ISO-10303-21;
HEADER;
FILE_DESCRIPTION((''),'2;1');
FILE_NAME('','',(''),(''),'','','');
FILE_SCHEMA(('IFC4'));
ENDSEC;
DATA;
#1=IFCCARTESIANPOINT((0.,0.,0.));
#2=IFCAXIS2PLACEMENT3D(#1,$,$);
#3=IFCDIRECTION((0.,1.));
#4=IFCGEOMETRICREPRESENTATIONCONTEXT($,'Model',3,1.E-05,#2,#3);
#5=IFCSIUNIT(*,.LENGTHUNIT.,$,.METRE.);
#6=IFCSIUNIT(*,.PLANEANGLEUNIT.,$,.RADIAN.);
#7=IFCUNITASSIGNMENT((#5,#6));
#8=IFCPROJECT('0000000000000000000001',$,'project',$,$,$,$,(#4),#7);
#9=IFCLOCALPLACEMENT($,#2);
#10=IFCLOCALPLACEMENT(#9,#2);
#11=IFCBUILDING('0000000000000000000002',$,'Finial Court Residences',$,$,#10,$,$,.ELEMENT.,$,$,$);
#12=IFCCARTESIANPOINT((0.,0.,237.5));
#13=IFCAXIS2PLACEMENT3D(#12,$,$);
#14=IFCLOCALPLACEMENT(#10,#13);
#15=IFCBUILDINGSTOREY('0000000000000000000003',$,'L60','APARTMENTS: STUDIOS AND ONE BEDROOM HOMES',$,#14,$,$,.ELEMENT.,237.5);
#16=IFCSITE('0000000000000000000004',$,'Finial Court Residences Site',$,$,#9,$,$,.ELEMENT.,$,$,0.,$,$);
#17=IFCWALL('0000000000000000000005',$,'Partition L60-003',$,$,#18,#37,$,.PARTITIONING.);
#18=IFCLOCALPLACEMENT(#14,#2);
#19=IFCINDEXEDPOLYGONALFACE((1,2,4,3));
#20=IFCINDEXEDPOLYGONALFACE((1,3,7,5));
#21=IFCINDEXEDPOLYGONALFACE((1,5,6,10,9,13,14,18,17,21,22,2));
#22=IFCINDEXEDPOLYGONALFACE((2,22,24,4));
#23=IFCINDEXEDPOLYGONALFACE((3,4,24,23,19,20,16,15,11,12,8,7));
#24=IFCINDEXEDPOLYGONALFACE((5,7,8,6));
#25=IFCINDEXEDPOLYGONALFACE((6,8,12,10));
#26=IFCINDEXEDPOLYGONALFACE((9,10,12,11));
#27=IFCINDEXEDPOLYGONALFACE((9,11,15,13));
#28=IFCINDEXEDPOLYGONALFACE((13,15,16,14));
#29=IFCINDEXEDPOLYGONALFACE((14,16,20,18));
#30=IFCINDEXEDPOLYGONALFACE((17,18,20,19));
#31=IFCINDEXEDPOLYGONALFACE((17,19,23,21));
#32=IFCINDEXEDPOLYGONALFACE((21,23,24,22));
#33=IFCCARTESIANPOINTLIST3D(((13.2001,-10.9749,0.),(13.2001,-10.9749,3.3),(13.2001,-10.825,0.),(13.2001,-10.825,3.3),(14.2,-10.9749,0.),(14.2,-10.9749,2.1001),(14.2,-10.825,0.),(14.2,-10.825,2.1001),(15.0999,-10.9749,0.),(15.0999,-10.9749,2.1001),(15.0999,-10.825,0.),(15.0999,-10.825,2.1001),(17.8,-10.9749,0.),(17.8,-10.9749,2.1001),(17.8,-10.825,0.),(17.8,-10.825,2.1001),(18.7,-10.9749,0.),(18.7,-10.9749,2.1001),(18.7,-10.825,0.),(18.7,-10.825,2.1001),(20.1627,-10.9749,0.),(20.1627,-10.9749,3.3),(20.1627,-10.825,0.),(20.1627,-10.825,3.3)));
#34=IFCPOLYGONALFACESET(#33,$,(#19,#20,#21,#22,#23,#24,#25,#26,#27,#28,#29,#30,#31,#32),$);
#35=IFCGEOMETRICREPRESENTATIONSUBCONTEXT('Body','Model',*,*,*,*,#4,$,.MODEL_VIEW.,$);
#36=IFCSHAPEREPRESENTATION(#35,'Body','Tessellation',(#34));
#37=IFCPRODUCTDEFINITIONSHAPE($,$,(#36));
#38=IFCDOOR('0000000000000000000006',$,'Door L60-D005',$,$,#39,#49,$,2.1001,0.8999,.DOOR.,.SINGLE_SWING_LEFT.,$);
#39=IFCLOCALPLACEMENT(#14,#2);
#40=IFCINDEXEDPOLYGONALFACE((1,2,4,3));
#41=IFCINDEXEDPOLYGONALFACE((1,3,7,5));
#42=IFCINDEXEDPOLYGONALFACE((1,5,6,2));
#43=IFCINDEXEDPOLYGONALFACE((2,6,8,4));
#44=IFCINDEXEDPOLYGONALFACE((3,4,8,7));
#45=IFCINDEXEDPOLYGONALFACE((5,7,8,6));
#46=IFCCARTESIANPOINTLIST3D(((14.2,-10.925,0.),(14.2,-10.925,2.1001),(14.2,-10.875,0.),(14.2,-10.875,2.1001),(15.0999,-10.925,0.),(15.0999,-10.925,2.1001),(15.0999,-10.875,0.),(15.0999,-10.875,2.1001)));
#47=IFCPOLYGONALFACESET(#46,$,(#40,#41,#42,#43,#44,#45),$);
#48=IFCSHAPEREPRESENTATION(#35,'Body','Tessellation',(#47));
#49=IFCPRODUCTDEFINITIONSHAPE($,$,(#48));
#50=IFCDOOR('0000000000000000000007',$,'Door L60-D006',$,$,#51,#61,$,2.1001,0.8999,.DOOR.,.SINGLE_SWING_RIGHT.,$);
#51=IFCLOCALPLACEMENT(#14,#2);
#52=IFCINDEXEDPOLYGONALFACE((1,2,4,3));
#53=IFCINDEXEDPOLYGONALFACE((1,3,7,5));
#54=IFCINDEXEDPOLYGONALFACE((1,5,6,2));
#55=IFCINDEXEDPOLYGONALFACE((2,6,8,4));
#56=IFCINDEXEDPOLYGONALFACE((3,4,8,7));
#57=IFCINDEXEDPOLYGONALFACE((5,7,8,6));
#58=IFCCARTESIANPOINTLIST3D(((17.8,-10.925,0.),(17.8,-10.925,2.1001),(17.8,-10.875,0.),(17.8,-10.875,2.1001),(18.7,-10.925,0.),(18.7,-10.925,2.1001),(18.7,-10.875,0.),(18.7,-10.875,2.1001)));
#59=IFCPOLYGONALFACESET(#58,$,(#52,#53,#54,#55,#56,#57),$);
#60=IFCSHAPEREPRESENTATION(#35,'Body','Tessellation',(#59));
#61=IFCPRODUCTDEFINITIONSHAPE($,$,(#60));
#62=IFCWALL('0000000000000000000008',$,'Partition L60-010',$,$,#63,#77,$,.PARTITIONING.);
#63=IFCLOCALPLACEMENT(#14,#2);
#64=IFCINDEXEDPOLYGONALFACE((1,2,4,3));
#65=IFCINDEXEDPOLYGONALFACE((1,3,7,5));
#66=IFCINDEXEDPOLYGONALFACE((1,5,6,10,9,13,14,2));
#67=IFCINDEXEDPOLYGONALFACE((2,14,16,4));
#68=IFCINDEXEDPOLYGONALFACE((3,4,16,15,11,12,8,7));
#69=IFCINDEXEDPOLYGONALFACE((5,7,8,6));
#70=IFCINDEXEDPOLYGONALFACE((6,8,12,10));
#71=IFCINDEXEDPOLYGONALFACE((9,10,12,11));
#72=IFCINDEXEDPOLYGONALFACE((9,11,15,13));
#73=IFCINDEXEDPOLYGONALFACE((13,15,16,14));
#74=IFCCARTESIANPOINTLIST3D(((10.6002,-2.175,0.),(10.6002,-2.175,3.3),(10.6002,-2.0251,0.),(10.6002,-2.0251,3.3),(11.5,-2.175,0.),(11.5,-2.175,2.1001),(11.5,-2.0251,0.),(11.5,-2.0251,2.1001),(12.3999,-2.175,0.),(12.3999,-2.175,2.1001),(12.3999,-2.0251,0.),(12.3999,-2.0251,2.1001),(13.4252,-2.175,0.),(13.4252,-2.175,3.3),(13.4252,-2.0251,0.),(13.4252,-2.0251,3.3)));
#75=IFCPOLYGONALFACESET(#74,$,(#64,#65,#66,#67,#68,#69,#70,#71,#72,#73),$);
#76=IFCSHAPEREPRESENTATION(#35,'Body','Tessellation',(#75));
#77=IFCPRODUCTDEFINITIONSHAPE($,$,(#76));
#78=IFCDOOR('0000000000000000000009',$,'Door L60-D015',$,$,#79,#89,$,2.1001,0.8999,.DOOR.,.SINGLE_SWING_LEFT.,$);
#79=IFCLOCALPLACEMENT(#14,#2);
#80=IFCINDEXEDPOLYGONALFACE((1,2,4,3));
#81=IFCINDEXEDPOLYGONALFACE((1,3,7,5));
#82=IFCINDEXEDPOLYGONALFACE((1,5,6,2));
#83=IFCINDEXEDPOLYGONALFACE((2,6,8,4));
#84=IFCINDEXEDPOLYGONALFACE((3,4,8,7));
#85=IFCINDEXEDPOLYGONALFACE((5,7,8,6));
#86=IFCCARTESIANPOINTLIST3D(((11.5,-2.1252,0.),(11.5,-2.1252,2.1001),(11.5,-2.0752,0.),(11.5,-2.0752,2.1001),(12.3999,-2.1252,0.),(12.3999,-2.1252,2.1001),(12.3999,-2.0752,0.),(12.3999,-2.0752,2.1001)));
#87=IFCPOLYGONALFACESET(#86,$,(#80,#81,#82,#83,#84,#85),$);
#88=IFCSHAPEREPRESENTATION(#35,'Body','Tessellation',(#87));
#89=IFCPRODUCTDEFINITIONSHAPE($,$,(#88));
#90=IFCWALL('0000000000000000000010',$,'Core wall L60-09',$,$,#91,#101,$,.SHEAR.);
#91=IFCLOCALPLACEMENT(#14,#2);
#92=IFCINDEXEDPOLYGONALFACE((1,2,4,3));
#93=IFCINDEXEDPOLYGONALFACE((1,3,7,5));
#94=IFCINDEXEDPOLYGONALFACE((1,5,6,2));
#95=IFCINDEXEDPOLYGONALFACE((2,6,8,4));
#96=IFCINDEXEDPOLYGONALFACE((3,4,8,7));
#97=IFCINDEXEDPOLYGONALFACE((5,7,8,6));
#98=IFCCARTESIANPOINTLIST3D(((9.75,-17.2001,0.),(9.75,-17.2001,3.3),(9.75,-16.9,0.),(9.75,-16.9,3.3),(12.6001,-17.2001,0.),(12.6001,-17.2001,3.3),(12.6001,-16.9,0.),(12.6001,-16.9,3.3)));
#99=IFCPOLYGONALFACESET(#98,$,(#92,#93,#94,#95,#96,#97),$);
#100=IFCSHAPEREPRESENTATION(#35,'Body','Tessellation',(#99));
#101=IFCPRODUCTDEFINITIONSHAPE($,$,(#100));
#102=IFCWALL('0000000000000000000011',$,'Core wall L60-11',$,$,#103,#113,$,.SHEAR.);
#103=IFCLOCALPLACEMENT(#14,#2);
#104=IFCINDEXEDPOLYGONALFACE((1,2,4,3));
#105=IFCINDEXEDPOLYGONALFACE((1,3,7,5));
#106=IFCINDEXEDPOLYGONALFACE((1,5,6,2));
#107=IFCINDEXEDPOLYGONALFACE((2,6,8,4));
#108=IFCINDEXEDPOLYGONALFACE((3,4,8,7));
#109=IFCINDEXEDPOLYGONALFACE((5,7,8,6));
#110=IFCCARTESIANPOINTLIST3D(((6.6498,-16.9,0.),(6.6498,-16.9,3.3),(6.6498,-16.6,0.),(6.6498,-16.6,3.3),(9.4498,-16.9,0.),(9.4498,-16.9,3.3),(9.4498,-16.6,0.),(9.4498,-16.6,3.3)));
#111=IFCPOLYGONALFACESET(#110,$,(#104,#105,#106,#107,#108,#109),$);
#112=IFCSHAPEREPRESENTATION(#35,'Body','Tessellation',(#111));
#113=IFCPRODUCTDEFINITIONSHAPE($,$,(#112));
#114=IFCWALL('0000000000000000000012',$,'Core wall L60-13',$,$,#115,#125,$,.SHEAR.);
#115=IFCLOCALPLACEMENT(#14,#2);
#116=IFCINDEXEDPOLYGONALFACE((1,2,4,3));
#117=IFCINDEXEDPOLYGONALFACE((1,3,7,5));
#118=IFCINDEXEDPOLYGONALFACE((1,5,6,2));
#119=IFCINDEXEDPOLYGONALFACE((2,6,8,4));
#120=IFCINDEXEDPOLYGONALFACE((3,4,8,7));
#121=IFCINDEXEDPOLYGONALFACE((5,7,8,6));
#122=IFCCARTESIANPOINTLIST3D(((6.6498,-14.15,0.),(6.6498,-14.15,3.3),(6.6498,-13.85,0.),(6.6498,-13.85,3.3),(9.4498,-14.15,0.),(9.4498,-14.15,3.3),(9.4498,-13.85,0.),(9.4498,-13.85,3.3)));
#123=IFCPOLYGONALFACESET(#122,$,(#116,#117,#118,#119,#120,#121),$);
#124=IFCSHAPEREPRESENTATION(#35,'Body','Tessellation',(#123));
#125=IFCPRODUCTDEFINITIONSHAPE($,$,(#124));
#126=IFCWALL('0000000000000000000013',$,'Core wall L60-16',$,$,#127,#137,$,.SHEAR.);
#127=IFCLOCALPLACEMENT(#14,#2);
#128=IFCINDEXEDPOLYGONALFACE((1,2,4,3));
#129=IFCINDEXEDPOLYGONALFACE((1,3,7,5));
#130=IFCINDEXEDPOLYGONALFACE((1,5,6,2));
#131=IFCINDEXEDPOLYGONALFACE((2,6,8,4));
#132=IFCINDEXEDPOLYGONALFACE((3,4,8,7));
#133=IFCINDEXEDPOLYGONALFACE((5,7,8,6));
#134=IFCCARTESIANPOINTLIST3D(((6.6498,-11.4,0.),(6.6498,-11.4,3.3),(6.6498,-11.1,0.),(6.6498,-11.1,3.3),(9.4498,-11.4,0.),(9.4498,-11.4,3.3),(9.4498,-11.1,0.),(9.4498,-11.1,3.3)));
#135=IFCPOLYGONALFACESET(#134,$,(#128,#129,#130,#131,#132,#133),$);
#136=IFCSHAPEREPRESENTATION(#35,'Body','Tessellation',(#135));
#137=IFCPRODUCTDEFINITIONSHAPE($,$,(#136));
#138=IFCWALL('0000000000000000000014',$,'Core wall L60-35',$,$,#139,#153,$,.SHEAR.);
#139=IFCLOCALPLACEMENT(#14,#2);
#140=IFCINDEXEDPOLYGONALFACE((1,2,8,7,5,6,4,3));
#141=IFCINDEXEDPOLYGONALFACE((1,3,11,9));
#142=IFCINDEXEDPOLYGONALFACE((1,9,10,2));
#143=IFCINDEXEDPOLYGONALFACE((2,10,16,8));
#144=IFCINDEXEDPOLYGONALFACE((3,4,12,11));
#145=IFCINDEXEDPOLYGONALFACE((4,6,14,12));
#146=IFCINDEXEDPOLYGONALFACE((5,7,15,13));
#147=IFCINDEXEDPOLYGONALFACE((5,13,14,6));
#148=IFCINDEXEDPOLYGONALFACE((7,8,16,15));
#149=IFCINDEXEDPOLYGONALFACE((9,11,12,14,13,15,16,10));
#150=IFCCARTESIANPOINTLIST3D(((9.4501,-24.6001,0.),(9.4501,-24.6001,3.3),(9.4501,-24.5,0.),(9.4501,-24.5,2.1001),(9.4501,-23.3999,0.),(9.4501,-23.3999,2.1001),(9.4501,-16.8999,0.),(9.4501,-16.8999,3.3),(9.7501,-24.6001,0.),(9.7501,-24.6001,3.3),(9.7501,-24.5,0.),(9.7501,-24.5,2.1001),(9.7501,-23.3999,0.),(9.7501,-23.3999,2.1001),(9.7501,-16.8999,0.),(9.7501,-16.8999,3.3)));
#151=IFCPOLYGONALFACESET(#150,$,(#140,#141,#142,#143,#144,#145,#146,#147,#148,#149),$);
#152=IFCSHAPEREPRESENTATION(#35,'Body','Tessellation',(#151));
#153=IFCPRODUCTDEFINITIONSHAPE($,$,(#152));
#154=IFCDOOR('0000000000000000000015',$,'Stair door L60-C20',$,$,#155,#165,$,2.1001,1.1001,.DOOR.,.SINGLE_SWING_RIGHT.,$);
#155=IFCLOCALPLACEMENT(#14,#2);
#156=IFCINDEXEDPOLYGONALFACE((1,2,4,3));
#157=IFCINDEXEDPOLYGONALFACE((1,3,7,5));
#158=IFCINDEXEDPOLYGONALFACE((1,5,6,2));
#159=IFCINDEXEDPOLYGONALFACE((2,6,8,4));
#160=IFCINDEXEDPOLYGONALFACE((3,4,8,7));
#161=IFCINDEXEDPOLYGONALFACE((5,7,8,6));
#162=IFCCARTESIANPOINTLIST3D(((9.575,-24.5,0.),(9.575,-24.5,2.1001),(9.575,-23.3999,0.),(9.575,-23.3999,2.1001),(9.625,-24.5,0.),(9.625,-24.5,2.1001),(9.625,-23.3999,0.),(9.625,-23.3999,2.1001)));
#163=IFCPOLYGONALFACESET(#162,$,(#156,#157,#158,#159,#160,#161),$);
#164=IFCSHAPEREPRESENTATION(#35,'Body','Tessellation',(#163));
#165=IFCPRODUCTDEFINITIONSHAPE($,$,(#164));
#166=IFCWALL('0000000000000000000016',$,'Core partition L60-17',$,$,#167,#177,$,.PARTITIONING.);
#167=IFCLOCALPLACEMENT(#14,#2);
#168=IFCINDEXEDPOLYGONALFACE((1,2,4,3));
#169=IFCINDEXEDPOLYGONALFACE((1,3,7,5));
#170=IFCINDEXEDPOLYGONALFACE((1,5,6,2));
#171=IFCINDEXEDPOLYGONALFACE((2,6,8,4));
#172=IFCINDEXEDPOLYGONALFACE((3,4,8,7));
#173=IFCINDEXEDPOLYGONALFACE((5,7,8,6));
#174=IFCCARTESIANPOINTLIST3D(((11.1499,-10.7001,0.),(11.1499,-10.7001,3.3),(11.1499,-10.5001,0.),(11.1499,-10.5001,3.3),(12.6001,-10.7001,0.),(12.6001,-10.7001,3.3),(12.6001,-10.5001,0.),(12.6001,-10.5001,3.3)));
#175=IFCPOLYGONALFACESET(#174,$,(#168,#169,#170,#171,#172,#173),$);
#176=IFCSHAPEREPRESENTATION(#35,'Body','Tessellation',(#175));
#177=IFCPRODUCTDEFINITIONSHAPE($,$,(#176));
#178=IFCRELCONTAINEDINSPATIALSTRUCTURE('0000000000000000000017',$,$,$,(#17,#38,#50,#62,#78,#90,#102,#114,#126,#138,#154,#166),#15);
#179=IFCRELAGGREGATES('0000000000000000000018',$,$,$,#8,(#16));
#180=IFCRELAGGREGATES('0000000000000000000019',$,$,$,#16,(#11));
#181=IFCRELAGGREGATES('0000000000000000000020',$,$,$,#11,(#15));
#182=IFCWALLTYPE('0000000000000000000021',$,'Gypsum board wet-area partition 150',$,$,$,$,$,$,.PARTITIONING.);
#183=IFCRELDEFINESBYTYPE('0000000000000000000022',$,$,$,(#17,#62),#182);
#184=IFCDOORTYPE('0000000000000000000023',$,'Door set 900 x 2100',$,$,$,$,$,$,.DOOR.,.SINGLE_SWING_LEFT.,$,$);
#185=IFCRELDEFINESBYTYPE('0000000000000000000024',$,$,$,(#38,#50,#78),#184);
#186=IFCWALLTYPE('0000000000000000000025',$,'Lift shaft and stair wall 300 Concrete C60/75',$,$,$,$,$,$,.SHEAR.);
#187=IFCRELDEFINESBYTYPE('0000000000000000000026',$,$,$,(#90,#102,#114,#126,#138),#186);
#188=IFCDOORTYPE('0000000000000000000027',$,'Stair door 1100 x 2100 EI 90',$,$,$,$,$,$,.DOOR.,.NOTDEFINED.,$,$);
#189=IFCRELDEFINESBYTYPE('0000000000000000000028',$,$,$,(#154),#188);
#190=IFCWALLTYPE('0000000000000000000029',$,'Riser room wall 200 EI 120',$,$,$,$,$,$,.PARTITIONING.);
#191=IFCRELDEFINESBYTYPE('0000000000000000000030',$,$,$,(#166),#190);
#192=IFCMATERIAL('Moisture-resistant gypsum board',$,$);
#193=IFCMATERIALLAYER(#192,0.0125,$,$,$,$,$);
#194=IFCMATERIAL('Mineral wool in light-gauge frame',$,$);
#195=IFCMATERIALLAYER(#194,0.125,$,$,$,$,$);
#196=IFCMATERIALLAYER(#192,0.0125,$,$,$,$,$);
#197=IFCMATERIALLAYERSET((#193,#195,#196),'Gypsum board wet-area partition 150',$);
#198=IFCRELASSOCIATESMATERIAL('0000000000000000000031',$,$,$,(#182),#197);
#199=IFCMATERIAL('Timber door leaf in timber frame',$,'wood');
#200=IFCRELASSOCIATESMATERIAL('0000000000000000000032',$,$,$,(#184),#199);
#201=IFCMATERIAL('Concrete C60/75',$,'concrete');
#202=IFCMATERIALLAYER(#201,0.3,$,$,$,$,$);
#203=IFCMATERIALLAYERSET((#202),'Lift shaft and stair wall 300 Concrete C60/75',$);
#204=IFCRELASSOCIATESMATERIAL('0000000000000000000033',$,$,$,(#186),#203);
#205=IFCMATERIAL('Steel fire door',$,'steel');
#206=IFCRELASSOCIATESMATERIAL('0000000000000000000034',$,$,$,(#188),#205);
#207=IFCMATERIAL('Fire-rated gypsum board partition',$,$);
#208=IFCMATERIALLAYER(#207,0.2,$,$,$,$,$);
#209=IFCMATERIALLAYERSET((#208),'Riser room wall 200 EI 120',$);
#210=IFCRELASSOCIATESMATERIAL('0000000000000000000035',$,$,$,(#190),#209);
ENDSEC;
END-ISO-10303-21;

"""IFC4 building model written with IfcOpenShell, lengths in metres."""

from ifc_helpers import new_model, si_unit, direction, frame, frame_2d, origin, place, context, subcontext, project, spatial, rectangle, extrude, material, layer, layer_set, type_object, element, fill, save


model = new_model("IFC4")

# Units and contexts
model_context = context("Model", 3, precision=1e-05, world=origin(), true_north=direction((0.0, 1.0)))
body_context = subcontext(model_context, "Body", "Model", "MODEL_VIEW")
ifc_project = project(units=[si_unit("LENGTHUNIT", "METRE"), si_unit("PLANEANGLEUNIT", "RADIAN")], contexts=[model_context])

# Site, building, storey
site_placement = place(None, origin())
site = spatial("IfcSite", under=ifc_project, at=site_placement, Name="Finial Court Residences Site", CompositionType="ELEMENT", RefElevation=0.0)
building_placement = place(site_placement, origin())
building = spatial("IfcBuilding", under=site, at=building_placement, Name="Finial Court Residences", CompositionType="ELEMENT")
storey_placement = place(building_placement, frame((0.0, 0.0, 237.5)))
storey = spatial("IfcBuildingStorey", under=building, at=storey_placement, Name="L60", Description="APARTMENTS: STUDIOS AND ONE BEDROOM HOMES", CompositionType="ELEMENT", Elevation=237.5)

# Shared definitions
ifc_material_1 = material(Name="Fire-rated gypsum board partition")

# Shared definitions
ifc_material_2 = material(Name="Mineral wool in light-gauge frame")

# Shared definitions
ifc_material_3 = material(Name="Moisture-resistant gypsum board")
ifc_layer_1 = layer(ifc_material_3, 0.0125)
ifc_layer_2 = layer(ifc_material_2, 0.125)
ifc_layer_3 = layer(ifc_material_3, 0.0125)
ifc_layer_set_1 = layer_set([ifc_layer_1, ifc_layer_2, ifc_layer_3], Name="Gypsum board wet-area partition 150")
wall_type_1 = type_object("IfcWallType", Name="Gypsum board wet-area partition 150", PredefinedType="PARTITIONING", material=ifc_layer_set_1)
ifc_material_4 = material(Name="Timber door leaf in timber frame", Category="wood")
door_type_1 = type_object("IfcDoorType", Name="Door set 900 x 2100", OperationType="SINGLE_SWING_LEFT", PredefinedType="DOOR", material=ifc_material_4)

# Wall, openings, doors
wall_1_placement = place(storey_placement, frame((13.2, -10.8999, 0.0), z_axis=(0.0, 0.0, 1.0), x_axis=(1.0, 0.0, 0.0)))
wall_1 = element("IfcWall", 1, at=wall_1_placement, inside=storey, type_object=wall_type_1, Name="Partition L60-003", PredefinedType="PARTITIONING", context=body_context, shape_type="SweptSolid", body=[
    extrude(rectangle(XDim=6.9626, YDim=0.1499, at=frame_2d((3.4814, 0.0))), origin(), (0.0, 0.0, 1.0), 3.3),
])
opening_1_placement = place(wall_1_placement, frame((1.0, 0.0, 0.0)))
opening_1 = element("IfcOpeningElement", 2, at=opening_1_placement, cuts=wall_1, PredefinedType="OPENING", context=body_context, shape_type="SweptSolid", body=[
    extrude(rectangle(XDim=0.8999, YDim=2.1001, at=frame_2d((0.45, 1.05))), frame((0.0, 0.085, 0.0), z_axis=(0.0, -1.0, 0.0), x_axis=(1.0, 0.0, 0.0)), (0.0, 0.0, 1.0), 0.1699),
])
opening_2_placement = place(wall_1_placement, frame((4.6001, 0.0, 0.0)))
opening_2 = element("IfcOpeningElement", 3, at=opening_2_placement, cuts=wall_1, PredefinedType="OPENING", context=body_context, shape_type="SweptSolid", body=[
    extrude(rectangle(XDim=0.8999, YDim=2.1001, at=frame_2d((0.45, 1.05))), frame((0.0, 0.085, 0.0), z_axis=(0.0, -1.0, 0.0), x_axis=(1.0, 0.0, 0.0)), (0.0, 0.0, 1.0), 0.1699),
])
door_1_placement = place(opening_1_placement, origin())
door_1 = element("IfcDoor", 4, at=door_1_placement, inside=storey, type_object=door_type_1, Name="Door L60-D005", OperationType="SINGLE_SWING_LEFT", OverallHeight=2.1001, OverallWidth=0.8999, PredefinedType="DOOR", context=body_context, shape_type="SweptSolid", body=[
    extrude(rectangle(XDim=0.8999, YDim=2.1001, at=frame_2d((0.45, 1.05))), frame((0.0, 0.0249, 0.0), z_axis=(0.0, -1.0, 0.0), x_axis=(1.0, 0.0, 0.0)), (0.0, 0.0, 1.0), 0.05),
])
fill(opening_1, door_1)
door_2_placement = place(opening_2_placement, origin())
door_2 = element("IfcDoor", 5, at=door_2_placement, inside=storey, type_object=door_type_1, Name="Door L60-D006", OperationType="SINGLE_SWING_RIGHT", OverallHeight=2.1001, OverallWidth=0.8999, PredefinedType="DOOR", context=body_context, shape_type="SweptSolid", body=[
    extrude(rectangle(XDim=0.8999, YDim=2.1001, at=frame_2d((0.45, 1.05))), frame((0.0, 0.0249, 0.0), z_axis=(0.0, -1.0, 0.0), x_axis=(1.0, 0.0, 0.0)), (0.0, 0.0, 1.0), 0.05),
])
fill(opening_2, door_2)

# Wall, opening, door
wall_2_placement = place(storey_placement, frame((10.6001, -2.1001, 0.0), z_axis=(0.0, 0.0, 1.0), x_axis=(1.0, 0.0, 0.0)))
wall_2 = element("IfcWall", 6, at=wall_2_placement, inside=storey, type_object=wall_type_1, Name="Partition L60-010", PredefinedType="PARTITIONING", context=body_context, shape_type="SweptSolid", body=[
    extrude(rectangle(XDim=2.825, YDim=0.1499, at=frame_2d((1.4126, 0.0))), origin(), (0.0, 0.0, 1.0), 3.3),
])
opening_3_placement = place(wall_2_placement, frame((0.8999, 0.0, 0.0)))
opening_3 = element("IfcOpeningElement", 7, at=opening_3_placement, cuts=wall_2, PredefinedType="OPENING", context=body_context, shape_type="SweptSolid", body=[
    extrude(rectangle(XDim=0.8999, YDim=2.1001, at=frame_2d((0.45, 1.05))), frame((0.0, 0.085, 0.0), z_axis=(0.0, -1.0, 0.0), x_axis=(1.0, 0.0, 0.0)), (0.0, 0.0, 1.0), 0.1699),
])
door_3_placement = place(opening_3_placement, origin())
door_3 = element("IfcDoor", 8, at=door_3_placement, inside=storey, type_object=door_type_1, Name="Door L60-D015", OperationType="SINGLE_SWING_LEFT", OverallHeight=2.1001, OverallWidth=0.8999, PredefinedType="DOOR", context=body_context, shape_type="SweptSolid", body=[
    extrude(rectangle(XDim=0.8999, YDim=2.1001, at=frame_2d((0.45, 1.05))), frame((0.0, 0.0249, 0.0), z_axis=(0.0, -1.0, 0.0), x_axis=(1.0, 0.0, 0.0)), (0.0, 0.0, 1.0), 0.05),
])
fill(opening_3, door_3)

# Walls
ifc_material_5 = material(Name="Concrete C60/75", Category="concrete")
ifc_layer_4 = layer(ifc_material_5, 0.3)
ifc_layer_set_2 = layer_set([ifc_layer_4], Name="Lift shaft and stair wall 300 Concrete C60/75")
wall_type_2 = type_object("IfcWallType", Name="Lift shaft and stair wall 300 Concrete C60/75", PredefinedType="SHEAR", material=ifc_layer_set_2)
wall_3_placement = place(storey_placement, frame((9.75, -17.05, 0.0), z_axis=(0.0, 0.0, 1.0), x_axis=(1.0, 0.0, 0.0)))
element("IfcWall", 9, at=wall_3_placement, inside=storey, type_object=wall_type_2, Name="Core wall L60-09", PredefinedType="SHEAR", context=body_context, shape_type="SweptSolid", body=[
    extrude(rectangle(XDim=2.8501, YDim=0.3, at=frame_2d((1.425, 0.0))), origin(), (0.0, 0.0, 1.0), 3.3),
])
for number, where, z_axis, x_axis, name in (
    (10, (6.6499, -16.75, 0.0), (0.0, 0.0, 1.0), (1.0, 0.0, 0.0), "Core wall L60-11"),
    (11, (6.6499, -14.0, 0.0), (0.0, 0.0, 1.0), (1.0, 0.0, 0.0), "Core wall L60-13"),
    (12, (6.6499, -11.25, 0.0), (0.0, 0.0, 1.0), (1.0, 0.0, 0.0), "Core wall L60-16"),
):
    element("IfcWall", number, at=place(storey_placement, frame(where, z_axis=z_axis, x_axis=x_axis)), inside=storey, type_object=wall_type_2, Name=name, PredefinedType="SHEAR", context=body_context, shape_type="SweptSolid", body=[
        extrude(rectangle(XDim=2.8, YDim=0.3, at=frame_2d((1.3999, 0.0))), origin(), (0.0, 0.0, 1.0), 3.3),
    ])

# Wall, opening, door
wall_4_placement = place(storey_placement, frame((9.6001, -16.8999, 0.0), z_axis=(0.0, 0.0, 1.0), x_axis=(0.0, -1.0, 0.0)))
wall_4 = element("IfcWall", 13, at=wall_4_placement, inside=storey, type_object=wall_type_2, Name="Core wall L60-35", PredefinedType="SHEAR", context=body_context, shape_type="SweptSolid", body=[
    extrude(rectangle(XDim=7.7002, YDim=0.3, at=frame_2d((3.8501, 0.0))), origin(), (0.0, 0.0, 1.0), 3.3),
])
opening_4_placement = place(wall_4_placement, frame((6.5, 0.0, 0.0)))
opening_4 = element("IfcOpeningElement", 14, at=opening_4_placement, cuts=wall_4, PredefinedType="OPENING", context=body_context, shape_type="SweptSolid", body=[
    extrude(rectangle(XDim=1.1001, YDim=2.1001, at=frame_2d((0.55, 1.05))), frame((0.0, 0.1599, 0.0), z_axis=(0.0, -1.0, 0.0), x_axis=(1.0, 0.0, 0.0)), (0.0, 0.0, 1.0), 0.3201),
])
ifc_material_6 = material(Name="Steel fire door", Category="steel")
door_type_2 = type_object("IfcDoorType", Name="Stair door 1100 x 2100 EI 90", OperationType="NOTDEFINED", PredefinedType="DOOR", material=ifc_material_6)
door_4_placement = place(opening_4_placement, origin())
door_4 = element("IfcDoor", 15, at=door_4_placement, inside=storey, type_object=door_type_2, Name="Stair door L60-C20", OperationType="SINGLE_SWING_RIGHT", OverallHeight=2.1001, OverallWidth=1.1001, PredefinedType="DOOR", context=body_context, shape_type="SweptSolid", body=[
    extrude(rectangle(XDim=1.1001, YDim=2.1001, at=frame_2d((0.55, 1.05))), frame((0.0, 0.0249, 0.0), z_axis=(0.0, -1.0, 0.0), x_axis=(1.0, 0.0, 0.0)), (0.0, 0.0, 1.0), 0.05),
])
fill(opening_4, door_4)

# Wall
ifc_layer_5 = layer(ifc_material_1, 0.2)
ifc_layer_set_3 = layer_set([ifc_layer_5], Name="Riser room wall 200 EI 120")
wall_type_3 = type_object("IfcWallType", Name="Riser room wall 200 EI 120", PredefinedType="PARTITIONING", material=ifc_layer_set_3)
wall_5_placement = place(storey_placement, frame((11.1499, -10.6001, 0.0), z_axis=(0.0, 0.0, 1.0), x_axis=(1.0, 0.0, 0.0)))
element("IfcWall", 16, at=wall_5_placement, inside=storey, type_object=wall_type_3, Name="Core partition L60-17", PredefinedType="PARTITIONING", context=body_context, shape_type="SweptSolid", body=[
    extrude(rectangle(XDim=1.4502, YDim=0.2, at=frame_2d((0.7251, 0.0))), origin(), (0.0, 0.0, 1.0), 3.3),
])

save(model, "model.ifc")
